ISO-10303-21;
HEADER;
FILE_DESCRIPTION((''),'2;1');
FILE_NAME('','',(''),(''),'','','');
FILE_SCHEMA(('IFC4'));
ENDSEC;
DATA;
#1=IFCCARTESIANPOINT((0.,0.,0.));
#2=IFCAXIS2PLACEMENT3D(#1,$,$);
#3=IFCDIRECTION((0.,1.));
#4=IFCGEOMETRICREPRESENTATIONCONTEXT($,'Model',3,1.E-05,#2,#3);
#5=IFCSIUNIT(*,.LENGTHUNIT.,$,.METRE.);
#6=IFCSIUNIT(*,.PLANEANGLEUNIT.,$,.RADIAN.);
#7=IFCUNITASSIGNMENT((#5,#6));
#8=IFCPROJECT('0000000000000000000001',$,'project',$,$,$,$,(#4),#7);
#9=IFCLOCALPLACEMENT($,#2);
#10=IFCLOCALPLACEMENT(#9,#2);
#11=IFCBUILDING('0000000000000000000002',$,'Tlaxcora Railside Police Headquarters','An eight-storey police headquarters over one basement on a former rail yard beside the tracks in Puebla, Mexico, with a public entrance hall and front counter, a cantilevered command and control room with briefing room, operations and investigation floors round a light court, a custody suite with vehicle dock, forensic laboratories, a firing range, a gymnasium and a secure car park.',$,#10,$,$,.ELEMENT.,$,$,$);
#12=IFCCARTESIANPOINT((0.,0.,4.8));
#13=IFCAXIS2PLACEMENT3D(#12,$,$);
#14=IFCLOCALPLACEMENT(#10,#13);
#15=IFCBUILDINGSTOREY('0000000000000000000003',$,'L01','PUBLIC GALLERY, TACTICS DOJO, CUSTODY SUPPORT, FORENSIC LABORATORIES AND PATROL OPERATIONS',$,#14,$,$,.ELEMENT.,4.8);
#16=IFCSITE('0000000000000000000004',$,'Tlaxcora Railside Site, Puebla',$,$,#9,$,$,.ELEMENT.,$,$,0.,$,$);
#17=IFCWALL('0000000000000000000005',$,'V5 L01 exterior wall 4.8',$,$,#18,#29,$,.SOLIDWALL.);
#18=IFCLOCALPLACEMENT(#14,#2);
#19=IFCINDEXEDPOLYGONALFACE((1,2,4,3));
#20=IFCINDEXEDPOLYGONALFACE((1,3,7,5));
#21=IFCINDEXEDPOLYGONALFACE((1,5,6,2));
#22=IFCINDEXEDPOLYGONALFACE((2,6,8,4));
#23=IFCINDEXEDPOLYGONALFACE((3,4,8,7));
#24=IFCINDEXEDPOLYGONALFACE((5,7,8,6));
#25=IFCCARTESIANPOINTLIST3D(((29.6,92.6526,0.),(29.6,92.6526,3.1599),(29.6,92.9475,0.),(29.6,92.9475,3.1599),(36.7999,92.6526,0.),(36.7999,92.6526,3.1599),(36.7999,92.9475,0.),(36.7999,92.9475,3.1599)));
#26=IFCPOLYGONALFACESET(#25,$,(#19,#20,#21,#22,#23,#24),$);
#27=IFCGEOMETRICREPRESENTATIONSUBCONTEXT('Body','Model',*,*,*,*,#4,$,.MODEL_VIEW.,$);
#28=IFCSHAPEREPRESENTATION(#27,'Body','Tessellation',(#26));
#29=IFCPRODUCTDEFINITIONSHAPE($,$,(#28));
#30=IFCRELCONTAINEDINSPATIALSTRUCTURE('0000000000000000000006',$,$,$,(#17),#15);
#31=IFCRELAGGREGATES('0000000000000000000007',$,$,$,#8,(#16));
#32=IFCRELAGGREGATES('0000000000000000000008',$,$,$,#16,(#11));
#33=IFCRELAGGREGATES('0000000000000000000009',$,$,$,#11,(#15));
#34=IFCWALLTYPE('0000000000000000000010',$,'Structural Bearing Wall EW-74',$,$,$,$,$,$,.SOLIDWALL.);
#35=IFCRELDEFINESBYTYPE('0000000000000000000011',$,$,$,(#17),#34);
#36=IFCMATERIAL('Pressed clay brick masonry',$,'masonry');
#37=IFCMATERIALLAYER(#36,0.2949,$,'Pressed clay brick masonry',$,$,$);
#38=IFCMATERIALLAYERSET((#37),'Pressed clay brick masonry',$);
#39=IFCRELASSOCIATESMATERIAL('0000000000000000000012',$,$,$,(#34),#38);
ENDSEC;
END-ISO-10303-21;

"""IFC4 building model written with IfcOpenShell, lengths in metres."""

from ifc_helpers import new_model, si_unit, direction, frame, frame_2d, origin, place, context, subcontext, project, spatial, rectangle, extrude, material, layer, layer_set, type_object, element, save


model = new_model("IFC4")

# Units and contexts
model_context = context("Model", 3, precision=1e-05, world=origin(), true_north=direction((0.0, 1.0)))
body_context = subcontext(model_context, "Body", "Model", "MODEL_VIEW")
ifc_project = project(units=[si_unit("LENGTHUNIT", "METRE"), si_unit("PLANEANGLEUNIT", "RADIAN")], contexts=[model_context])

# Site, building, storey
site_placement = place(None, origin())
site = spatial("IfcSite", under=ifc_project, at=site_placement, Name="Tlaxcora Railside Site, Puebla", CompositionType="ELEMENT", RefElevation=0.0)
building_placement = place(site_placement, origin())
building = spatial("IfcBuilding", under=site, at=building_placement, Name="Tlaxcora Railside Police Headquarters", Description="An eight-storey police headquarters over one basement on a former rail yard beside the tracks in Puebla, Mexico, with a public entrance hall and front counter, a cantilevered command and control room with briefing room, operations and investigation floors round a light court, a custody suite with vehicle dock, forensic laboratories, a firing range, a gymnasium and a secure car park.", CompositionType="ELEMENT")
storey_placement = place(building_placement, frame((0.0, 0.0, 4.8)))
storey = spatial("IfcBuildingStorey", under=building, at=storey_placement, Name="L01", Description="PUBLIC GALLERY, TACTICS DOJO, CUSTODY SUPPORT, FORENSIC LABORATORIES AND PATROL OPERATIONS", CompositionType="ELEMENT", Elevation=4.8)

# Wall
ifc_material_1 = material(Name="Pressed clay brick masonry", Category="masonry")
ifc_layer_1 = layer(ifc_material_1, 0.2949, Name="Pressed clay brick masonry")
ifc_layer_set_1 = layer_set([ifc_layer_1], Name="Pressed clay brick masonry")
wall_type_1 = type_object("IfcWallType", Name="Structural Bearing Wall EW-74", PredefinedType="SOLIDWALL", material=ifc_layer_set_1)
wall_1_placement = place(storey_placement, frame((36.8, 92.8, 0.0), z_axis=(0.0, 0.0, 1.0), x_axis=(-1.0, 0.0, 0.0)))
element("IfcWall", 1, at=wall_1_placement, inside=storey, type_object=wall_type_1, Name="V5 L01 exterior wall 4.8", PredefinedType="SOLIDWALL", context=body_context, shape_type="SweptSolid", body=[
    extrude(rectangle(XDim=7.2, YDim=0.2949, at=frame_2d((3.6001, 0.0))), origin(), (0.0, 0.0, 1.0), 3.1599),
])

save(model, "model.ifc")
